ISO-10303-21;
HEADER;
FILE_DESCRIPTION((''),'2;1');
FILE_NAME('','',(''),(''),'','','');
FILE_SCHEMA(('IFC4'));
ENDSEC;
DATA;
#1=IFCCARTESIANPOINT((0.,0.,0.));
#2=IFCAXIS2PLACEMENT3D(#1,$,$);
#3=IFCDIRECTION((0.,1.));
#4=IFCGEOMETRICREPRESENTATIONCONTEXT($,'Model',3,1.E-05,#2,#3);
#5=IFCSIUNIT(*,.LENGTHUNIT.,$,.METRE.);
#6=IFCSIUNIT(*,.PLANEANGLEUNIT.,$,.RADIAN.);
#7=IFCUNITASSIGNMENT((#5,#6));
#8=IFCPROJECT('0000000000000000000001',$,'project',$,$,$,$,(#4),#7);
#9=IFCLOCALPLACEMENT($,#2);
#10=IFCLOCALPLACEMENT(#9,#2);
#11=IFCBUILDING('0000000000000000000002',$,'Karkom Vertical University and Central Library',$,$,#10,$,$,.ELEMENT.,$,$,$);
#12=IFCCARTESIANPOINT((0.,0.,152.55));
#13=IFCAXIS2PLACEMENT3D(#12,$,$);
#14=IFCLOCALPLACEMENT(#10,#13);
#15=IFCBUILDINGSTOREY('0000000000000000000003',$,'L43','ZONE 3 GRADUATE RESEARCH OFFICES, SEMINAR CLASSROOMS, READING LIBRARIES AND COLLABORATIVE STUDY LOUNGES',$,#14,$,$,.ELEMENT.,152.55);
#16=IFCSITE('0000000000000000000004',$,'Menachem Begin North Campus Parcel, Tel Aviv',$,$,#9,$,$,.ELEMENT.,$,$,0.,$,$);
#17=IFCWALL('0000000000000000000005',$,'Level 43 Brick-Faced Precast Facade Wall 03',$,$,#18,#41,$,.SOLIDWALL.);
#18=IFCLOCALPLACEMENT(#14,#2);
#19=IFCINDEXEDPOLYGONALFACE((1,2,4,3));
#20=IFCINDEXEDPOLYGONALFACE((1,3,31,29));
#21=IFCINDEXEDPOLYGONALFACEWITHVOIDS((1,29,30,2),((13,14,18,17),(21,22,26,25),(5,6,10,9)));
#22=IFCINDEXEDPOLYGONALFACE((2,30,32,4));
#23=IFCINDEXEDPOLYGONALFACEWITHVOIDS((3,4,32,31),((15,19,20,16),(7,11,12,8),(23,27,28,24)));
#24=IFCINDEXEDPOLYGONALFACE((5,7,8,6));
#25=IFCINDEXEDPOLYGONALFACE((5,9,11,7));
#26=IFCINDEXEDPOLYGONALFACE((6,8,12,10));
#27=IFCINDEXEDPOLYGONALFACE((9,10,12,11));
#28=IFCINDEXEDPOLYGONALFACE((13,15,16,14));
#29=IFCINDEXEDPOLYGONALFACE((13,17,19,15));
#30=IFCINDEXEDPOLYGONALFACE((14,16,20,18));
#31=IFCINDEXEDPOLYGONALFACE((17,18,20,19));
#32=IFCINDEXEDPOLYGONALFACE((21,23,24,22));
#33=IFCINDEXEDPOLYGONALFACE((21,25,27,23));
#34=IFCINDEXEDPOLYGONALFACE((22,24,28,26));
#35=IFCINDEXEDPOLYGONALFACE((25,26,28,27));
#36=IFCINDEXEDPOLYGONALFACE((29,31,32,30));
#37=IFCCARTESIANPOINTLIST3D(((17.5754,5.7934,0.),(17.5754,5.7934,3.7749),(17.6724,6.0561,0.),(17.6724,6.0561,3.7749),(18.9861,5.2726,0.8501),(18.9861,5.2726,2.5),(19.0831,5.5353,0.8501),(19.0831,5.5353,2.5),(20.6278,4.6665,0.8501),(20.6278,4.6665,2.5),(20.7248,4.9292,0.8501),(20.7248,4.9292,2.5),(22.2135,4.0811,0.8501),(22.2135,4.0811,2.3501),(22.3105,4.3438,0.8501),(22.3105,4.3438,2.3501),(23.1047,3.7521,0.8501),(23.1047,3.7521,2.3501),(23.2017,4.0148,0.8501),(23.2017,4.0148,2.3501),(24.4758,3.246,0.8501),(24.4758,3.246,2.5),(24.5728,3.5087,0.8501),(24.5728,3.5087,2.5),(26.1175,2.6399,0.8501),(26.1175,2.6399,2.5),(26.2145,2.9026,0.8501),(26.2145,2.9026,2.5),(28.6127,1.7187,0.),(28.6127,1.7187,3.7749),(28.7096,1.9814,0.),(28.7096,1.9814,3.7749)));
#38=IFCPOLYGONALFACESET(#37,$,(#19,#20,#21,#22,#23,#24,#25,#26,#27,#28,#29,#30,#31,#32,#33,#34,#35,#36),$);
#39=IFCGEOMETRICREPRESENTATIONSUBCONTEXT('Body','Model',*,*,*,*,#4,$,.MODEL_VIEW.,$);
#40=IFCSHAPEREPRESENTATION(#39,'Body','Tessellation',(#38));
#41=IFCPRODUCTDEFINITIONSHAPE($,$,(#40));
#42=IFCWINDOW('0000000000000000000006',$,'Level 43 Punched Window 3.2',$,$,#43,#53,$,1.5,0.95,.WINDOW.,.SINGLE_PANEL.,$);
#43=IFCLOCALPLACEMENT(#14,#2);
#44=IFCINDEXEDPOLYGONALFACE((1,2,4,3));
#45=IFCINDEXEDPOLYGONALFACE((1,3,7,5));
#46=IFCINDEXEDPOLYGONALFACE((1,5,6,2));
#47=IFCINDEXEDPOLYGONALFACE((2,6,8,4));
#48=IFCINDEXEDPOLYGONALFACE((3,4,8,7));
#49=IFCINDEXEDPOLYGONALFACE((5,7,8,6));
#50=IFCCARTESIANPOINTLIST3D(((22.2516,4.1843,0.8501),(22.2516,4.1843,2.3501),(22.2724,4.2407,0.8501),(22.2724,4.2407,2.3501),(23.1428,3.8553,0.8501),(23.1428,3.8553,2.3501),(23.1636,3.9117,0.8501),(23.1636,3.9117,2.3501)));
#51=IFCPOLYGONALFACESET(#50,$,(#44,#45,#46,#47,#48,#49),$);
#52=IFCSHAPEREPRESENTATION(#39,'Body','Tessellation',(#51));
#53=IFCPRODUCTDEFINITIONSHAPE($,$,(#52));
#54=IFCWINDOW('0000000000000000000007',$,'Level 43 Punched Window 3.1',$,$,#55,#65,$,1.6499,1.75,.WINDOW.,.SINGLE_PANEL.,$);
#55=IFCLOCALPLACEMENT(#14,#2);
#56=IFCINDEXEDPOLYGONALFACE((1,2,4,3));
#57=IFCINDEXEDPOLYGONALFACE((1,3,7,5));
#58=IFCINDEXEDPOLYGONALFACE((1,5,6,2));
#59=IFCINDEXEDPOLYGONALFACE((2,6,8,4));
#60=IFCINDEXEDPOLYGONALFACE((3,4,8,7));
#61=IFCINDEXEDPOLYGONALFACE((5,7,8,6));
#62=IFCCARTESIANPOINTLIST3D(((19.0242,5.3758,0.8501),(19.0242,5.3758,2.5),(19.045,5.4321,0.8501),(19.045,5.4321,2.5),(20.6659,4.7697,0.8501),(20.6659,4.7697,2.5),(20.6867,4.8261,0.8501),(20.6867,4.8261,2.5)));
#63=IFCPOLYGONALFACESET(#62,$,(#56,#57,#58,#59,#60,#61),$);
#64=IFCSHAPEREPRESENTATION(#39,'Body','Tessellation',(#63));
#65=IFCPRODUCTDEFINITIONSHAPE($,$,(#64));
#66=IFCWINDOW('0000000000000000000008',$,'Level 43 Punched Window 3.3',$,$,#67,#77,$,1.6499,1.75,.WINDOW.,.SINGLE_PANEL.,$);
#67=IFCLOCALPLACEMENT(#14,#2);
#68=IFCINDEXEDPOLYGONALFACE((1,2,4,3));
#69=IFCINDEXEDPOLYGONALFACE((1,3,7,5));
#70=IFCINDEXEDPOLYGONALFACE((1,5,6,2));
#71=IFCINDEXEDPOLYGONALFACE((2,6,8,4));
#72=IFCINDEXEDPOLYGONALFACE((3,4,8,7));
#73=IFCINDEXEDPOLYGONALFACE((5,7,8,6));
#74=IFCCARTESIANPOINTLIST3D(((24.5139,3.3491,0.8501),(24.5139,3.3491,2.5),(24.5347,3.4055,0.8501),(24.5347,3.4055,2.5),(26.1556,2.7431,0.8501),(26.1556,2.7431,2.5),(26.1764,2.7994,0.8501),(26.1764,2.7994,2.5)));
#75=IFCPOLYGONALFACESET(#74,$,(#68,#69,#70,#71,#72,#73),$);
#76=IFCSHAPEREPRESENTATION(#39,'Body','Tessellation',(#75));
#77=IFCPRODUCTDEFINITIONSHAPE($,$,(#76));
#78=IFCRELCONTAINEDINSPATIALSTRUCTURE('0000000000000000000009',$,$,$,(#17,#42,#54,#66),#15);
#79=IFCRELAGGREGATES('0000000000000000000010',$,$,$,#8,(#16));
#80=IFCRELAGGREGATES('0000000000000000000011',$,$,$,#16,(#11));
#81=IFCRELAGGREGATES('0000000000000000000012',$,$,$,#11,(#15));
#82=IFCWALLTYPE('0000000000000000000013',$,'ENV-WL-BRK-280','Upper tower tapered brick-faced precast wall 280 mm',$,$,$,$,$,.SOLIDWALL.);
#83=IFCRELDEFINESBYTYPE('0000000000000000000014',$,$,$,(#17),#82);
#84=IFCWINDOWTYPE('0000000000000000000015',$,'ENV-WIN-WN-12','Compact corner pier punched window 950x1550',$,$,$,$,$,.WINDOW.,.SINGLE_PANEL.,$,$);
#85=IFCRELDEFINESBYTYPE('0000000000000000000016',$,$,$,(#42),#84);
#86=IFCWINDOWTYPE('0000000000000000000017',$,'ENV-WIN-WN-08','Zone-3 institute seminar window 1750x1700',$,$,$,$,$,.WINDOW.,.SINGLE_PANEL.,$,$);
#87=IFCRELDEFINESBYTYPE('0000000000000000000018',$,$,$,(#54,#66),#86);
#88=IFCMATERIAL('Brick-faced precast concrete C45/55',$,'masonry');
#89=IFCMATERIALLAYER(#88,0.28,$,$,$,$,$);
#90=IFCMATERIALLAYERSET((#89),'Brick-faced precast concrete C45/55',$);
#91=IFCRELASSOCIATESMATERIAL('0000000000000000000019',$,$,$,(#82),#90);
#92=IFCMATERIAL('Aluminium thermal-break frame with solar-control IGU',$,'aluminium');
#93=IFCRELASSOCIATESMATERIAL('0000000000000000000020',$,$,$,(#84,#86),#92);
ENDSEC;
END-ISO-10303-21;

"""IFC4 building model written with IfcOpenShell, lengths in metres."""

from ifc_helpers import new_model, si_unit, direction, frame, frame_2d, origin, origin_with_axes, place, context, subcontext, project, spatial, rectangle, extrude, source, transform, mapped, material, layer, layer_set, type_object, element, fill, save


model = new_model("IFC4")

# Units and contexts
model_context = context("Model", 3, precision=1e-05, world=origin(), true_north=direction((0.0, 1.0)))
body_context = subcontext(model_context, "Body", "Model", "MODEL_VIEW")
ifc_project = project(units=[si_unit("LENGTHUNIT", "METRE"), si_unit("PLANEANGLEUNIT", "RADIAN")], contexts=[model_context])

# Site, building, storey
site_placement = place(None, origin())
site = spatial("IfcSite", under=ifc_project, at=site_placement, Name="Menachem Begin North Campus Parcel, Tel Aviv", CompositionType="ELEMENT", RefElevation=0.0)
building_placement = place(site_placement, origin())
building = spatial("IfcBuilding", under=site, at=building_placement, Name="Karkom Vertical University and Central Library", CompositionType="ELEMENT")
storey_placement = place(building_placement, frame((0.0, 0.0, 152.55)))
storey = spatial("IfcBuildingStorey", under=building, at=storey_placement, Name="L43", Description="ZONE 3 GRADUATE RESEARCH OFFICES, SEMINAR CLASSROOMS, READING LIBRARIES AND COLLABORATIVE STUDY LOUNGES", CompositionType="ELEMENT", Elevation=152.55)

# Wall, openings, windows
ifc_material_1 = material(Name="Brick-faced precast concrete C45/55", Category="masonry")
ifc_layer_1 = layer(ifc_material_1, 0.28)
ifc_layer_set_1 = layer_set([ifc_layer_1], Name="Brick-faced precast concrete C45/55")
wall_type = type_object("IfcWallType", Name="ENV-WL-BRK-280", Description="Upper tower tapered brick-faced precast wall 280 mm", PredefinedType="SOLIDWALL", material=ifc_layer_set_1)
wall_placement = place(storey_placement, frame((17.6238, 5.9248, 0.0), z_axis=(0.0, 0.0, 1.0), x_axis=(0.938114, -0.346327, 0.0)))
wall = element("IfcWall", 1, at=wall_placement, inside=storey, type_object=wall_type, Name="Level 43 Brick-Faced Precast Facade Wall 03", PredefinedType="SOLIDWALL", context=body_context, shape_type="SweptSolid", body=[
    extrude(rectangle(XDim=11.7654, YDim=0.28, at=frame_2d((5.8828, 0.0))), origin(), (0.0, 0.0, 1.0), 3.7749),
])
opening_1_placement = place(wall_placement, frame((1.5039, 0.0, 0.8501)))
opening_1 = element("IfcOpeningElement", 2, at=opening_1_placement, cuts=wall, PredefinedType="OPENING", context=body_context, shape_type="SweptSolid", body=[
    extrude(rectangle(XDim=1.75, YDim=1.6499, at=frame_2d((0.875, 0.825))), frame((0.0, 0.1499, 0.0), z_axis=(0.0, -1.0, 0.0), x_axis=(1.0, 0.0, 0.0)), (0.0, 0.0, 1.0), 0.3),
])
opening_2_placement = place(wall_placement, frame((4.9441, 0.0, 0.8501)))
opening_2 = element("IfcOpeningElement", 3, at=opening_2_placement, cuts=wall, PredefinedType="OPENING", context=body_context, shape_type="SweptSolid", body=[
    extrude(rectangle(XDim=0.95, YDim=1.5, at=frame_2d((0.4751, 0.75))), frame((0.0, 0.1499, 0.0), z_axis=(0.0, -1.0, 0.0), x_axis=(1.0, 0.0, 0.0)), (0.0, 0.0, 1.0), 0.3),
])
opening_3_placement = place(wall_placement, frame((7.3557, 0.0, 0.8501)))
opening_3 = element("IfcOpeningElement", 4, at=opening_3_placement, cuts=wall, PredefinedType="OPENING", context=body_context, shape_type="SweptSolid", body=[
    extrude(rectangle(XDim=1.75, YDim=1.6499, at=frame_2d((0.875, 0.825))), frame((0.0, 0.1499, 0.0), z_axis=(0.0, -1.0, 0.0), x_axis=(1.0, 0.0, 0.0)), (0.0, 0.0, 1.0), 0.3),
])
ifc_material_2 = material(Name="Aluminium thermal-break frame with solar-control IGU", Category="aluminium")
window_type_1 = type_object("IfcWindowType", Name="ENV-WIN-WN-12", Description="Compact corner pier punched window 950x1550", PartitioningType="SINGLE_PANEL", PredefinedType="WINDOW", material=ifc_material_2)
shared_shape_1 = source(origin_with_axes(), body_context, "Body", "SweptSolid", [
    extrude(rectangle(XDim=0.95, YDim=1.5, at=frame_2d((0.4751, 0.75))), frame((0.0, 0.03, 0.0), z_axis=(0.0, -1.0, 0.0), x_axis=(1.0, 0.0, 0.0)), (0.0, 0.0, 1.0), 0.0601),
])
window_1_placement = place(opening_2_placement, origin())
window_1 = element("IfcWindow", 5, at=window_1_placement, inside=storey, type_object=window_type_1, Name="Level 43 Punched Window 3.2", OverallHeight=1.5, OverallWidth=0.95, PartitioningType="SINGLE_PANEL", PredefinedType="WINDOW", context=body_context, shape_type="MappedRepresentation", body=[
    mapped(shared_shape_1, transform((0.0, 0.0, 0.0), scale=1.0)),
])
fill(opening_2, window_1)
window_type_2 = type_object("IfcWindowType", Name="ENV-WIN-WN-08", Description="Zone-3 institute seminar window 1750x1700", PartitioningType="SINGLE_PANEL", PredefinedType="WINDOW", material=ifc_material_2)
shared_shape_2 = source(origin_with_axes(), body_context, "Body", "SweptSolid", [
    extrude(rectangle(XDim=1.75, YDim=1.6499, at=frame_2d((0.875, 0.825))), frame((0.0, 0.03, 0.0), z_axis=(0.0, -1.0, 0.0), x_axis=(1.0, 0.0, 0.0)), (0.0, 0.0, 1.0), 0.0601),
])
window_2_placement = place(opening_1_placement, origin())
window_2 = element("IfcWindow", 6, at=window_2_placement, inside=storey, type_object=window_type_2, Name="Level 43 Punched Window 3.1", OverallHeight=1.6499, OverallWidth=1.75, PartitioningType="SINGLE_PANEL", PredefinedType="WINDOW", context=body_context, shape_type="MappedRepresentation", body=[
    mapped(shared_shape_2, transform((0.0, 0.0, 0.0), scale=1.0)),
])
fill(opening_1, window_2)
window_3_placement = place(opening_3_placement, origin())
window_3 = element("IfcWindow", 7, at=window_3_placement, inside=storey, type_object=window_type_2, Name="Level 43 Punched Window 3.3", OverallHeight=1.6499, OverallWidth=1.75, PartitioningType="SINGLE_PANEL", PredefinedType="WINDOW", context=body_context, shape_type="MappedRepresentation", body=[
    mapped(shared_shape_2, transform((0.0, 0.0, 0.0), scale=1.0)),
])
fill(opening_3, window_3)

save(model, "model.ifc")
